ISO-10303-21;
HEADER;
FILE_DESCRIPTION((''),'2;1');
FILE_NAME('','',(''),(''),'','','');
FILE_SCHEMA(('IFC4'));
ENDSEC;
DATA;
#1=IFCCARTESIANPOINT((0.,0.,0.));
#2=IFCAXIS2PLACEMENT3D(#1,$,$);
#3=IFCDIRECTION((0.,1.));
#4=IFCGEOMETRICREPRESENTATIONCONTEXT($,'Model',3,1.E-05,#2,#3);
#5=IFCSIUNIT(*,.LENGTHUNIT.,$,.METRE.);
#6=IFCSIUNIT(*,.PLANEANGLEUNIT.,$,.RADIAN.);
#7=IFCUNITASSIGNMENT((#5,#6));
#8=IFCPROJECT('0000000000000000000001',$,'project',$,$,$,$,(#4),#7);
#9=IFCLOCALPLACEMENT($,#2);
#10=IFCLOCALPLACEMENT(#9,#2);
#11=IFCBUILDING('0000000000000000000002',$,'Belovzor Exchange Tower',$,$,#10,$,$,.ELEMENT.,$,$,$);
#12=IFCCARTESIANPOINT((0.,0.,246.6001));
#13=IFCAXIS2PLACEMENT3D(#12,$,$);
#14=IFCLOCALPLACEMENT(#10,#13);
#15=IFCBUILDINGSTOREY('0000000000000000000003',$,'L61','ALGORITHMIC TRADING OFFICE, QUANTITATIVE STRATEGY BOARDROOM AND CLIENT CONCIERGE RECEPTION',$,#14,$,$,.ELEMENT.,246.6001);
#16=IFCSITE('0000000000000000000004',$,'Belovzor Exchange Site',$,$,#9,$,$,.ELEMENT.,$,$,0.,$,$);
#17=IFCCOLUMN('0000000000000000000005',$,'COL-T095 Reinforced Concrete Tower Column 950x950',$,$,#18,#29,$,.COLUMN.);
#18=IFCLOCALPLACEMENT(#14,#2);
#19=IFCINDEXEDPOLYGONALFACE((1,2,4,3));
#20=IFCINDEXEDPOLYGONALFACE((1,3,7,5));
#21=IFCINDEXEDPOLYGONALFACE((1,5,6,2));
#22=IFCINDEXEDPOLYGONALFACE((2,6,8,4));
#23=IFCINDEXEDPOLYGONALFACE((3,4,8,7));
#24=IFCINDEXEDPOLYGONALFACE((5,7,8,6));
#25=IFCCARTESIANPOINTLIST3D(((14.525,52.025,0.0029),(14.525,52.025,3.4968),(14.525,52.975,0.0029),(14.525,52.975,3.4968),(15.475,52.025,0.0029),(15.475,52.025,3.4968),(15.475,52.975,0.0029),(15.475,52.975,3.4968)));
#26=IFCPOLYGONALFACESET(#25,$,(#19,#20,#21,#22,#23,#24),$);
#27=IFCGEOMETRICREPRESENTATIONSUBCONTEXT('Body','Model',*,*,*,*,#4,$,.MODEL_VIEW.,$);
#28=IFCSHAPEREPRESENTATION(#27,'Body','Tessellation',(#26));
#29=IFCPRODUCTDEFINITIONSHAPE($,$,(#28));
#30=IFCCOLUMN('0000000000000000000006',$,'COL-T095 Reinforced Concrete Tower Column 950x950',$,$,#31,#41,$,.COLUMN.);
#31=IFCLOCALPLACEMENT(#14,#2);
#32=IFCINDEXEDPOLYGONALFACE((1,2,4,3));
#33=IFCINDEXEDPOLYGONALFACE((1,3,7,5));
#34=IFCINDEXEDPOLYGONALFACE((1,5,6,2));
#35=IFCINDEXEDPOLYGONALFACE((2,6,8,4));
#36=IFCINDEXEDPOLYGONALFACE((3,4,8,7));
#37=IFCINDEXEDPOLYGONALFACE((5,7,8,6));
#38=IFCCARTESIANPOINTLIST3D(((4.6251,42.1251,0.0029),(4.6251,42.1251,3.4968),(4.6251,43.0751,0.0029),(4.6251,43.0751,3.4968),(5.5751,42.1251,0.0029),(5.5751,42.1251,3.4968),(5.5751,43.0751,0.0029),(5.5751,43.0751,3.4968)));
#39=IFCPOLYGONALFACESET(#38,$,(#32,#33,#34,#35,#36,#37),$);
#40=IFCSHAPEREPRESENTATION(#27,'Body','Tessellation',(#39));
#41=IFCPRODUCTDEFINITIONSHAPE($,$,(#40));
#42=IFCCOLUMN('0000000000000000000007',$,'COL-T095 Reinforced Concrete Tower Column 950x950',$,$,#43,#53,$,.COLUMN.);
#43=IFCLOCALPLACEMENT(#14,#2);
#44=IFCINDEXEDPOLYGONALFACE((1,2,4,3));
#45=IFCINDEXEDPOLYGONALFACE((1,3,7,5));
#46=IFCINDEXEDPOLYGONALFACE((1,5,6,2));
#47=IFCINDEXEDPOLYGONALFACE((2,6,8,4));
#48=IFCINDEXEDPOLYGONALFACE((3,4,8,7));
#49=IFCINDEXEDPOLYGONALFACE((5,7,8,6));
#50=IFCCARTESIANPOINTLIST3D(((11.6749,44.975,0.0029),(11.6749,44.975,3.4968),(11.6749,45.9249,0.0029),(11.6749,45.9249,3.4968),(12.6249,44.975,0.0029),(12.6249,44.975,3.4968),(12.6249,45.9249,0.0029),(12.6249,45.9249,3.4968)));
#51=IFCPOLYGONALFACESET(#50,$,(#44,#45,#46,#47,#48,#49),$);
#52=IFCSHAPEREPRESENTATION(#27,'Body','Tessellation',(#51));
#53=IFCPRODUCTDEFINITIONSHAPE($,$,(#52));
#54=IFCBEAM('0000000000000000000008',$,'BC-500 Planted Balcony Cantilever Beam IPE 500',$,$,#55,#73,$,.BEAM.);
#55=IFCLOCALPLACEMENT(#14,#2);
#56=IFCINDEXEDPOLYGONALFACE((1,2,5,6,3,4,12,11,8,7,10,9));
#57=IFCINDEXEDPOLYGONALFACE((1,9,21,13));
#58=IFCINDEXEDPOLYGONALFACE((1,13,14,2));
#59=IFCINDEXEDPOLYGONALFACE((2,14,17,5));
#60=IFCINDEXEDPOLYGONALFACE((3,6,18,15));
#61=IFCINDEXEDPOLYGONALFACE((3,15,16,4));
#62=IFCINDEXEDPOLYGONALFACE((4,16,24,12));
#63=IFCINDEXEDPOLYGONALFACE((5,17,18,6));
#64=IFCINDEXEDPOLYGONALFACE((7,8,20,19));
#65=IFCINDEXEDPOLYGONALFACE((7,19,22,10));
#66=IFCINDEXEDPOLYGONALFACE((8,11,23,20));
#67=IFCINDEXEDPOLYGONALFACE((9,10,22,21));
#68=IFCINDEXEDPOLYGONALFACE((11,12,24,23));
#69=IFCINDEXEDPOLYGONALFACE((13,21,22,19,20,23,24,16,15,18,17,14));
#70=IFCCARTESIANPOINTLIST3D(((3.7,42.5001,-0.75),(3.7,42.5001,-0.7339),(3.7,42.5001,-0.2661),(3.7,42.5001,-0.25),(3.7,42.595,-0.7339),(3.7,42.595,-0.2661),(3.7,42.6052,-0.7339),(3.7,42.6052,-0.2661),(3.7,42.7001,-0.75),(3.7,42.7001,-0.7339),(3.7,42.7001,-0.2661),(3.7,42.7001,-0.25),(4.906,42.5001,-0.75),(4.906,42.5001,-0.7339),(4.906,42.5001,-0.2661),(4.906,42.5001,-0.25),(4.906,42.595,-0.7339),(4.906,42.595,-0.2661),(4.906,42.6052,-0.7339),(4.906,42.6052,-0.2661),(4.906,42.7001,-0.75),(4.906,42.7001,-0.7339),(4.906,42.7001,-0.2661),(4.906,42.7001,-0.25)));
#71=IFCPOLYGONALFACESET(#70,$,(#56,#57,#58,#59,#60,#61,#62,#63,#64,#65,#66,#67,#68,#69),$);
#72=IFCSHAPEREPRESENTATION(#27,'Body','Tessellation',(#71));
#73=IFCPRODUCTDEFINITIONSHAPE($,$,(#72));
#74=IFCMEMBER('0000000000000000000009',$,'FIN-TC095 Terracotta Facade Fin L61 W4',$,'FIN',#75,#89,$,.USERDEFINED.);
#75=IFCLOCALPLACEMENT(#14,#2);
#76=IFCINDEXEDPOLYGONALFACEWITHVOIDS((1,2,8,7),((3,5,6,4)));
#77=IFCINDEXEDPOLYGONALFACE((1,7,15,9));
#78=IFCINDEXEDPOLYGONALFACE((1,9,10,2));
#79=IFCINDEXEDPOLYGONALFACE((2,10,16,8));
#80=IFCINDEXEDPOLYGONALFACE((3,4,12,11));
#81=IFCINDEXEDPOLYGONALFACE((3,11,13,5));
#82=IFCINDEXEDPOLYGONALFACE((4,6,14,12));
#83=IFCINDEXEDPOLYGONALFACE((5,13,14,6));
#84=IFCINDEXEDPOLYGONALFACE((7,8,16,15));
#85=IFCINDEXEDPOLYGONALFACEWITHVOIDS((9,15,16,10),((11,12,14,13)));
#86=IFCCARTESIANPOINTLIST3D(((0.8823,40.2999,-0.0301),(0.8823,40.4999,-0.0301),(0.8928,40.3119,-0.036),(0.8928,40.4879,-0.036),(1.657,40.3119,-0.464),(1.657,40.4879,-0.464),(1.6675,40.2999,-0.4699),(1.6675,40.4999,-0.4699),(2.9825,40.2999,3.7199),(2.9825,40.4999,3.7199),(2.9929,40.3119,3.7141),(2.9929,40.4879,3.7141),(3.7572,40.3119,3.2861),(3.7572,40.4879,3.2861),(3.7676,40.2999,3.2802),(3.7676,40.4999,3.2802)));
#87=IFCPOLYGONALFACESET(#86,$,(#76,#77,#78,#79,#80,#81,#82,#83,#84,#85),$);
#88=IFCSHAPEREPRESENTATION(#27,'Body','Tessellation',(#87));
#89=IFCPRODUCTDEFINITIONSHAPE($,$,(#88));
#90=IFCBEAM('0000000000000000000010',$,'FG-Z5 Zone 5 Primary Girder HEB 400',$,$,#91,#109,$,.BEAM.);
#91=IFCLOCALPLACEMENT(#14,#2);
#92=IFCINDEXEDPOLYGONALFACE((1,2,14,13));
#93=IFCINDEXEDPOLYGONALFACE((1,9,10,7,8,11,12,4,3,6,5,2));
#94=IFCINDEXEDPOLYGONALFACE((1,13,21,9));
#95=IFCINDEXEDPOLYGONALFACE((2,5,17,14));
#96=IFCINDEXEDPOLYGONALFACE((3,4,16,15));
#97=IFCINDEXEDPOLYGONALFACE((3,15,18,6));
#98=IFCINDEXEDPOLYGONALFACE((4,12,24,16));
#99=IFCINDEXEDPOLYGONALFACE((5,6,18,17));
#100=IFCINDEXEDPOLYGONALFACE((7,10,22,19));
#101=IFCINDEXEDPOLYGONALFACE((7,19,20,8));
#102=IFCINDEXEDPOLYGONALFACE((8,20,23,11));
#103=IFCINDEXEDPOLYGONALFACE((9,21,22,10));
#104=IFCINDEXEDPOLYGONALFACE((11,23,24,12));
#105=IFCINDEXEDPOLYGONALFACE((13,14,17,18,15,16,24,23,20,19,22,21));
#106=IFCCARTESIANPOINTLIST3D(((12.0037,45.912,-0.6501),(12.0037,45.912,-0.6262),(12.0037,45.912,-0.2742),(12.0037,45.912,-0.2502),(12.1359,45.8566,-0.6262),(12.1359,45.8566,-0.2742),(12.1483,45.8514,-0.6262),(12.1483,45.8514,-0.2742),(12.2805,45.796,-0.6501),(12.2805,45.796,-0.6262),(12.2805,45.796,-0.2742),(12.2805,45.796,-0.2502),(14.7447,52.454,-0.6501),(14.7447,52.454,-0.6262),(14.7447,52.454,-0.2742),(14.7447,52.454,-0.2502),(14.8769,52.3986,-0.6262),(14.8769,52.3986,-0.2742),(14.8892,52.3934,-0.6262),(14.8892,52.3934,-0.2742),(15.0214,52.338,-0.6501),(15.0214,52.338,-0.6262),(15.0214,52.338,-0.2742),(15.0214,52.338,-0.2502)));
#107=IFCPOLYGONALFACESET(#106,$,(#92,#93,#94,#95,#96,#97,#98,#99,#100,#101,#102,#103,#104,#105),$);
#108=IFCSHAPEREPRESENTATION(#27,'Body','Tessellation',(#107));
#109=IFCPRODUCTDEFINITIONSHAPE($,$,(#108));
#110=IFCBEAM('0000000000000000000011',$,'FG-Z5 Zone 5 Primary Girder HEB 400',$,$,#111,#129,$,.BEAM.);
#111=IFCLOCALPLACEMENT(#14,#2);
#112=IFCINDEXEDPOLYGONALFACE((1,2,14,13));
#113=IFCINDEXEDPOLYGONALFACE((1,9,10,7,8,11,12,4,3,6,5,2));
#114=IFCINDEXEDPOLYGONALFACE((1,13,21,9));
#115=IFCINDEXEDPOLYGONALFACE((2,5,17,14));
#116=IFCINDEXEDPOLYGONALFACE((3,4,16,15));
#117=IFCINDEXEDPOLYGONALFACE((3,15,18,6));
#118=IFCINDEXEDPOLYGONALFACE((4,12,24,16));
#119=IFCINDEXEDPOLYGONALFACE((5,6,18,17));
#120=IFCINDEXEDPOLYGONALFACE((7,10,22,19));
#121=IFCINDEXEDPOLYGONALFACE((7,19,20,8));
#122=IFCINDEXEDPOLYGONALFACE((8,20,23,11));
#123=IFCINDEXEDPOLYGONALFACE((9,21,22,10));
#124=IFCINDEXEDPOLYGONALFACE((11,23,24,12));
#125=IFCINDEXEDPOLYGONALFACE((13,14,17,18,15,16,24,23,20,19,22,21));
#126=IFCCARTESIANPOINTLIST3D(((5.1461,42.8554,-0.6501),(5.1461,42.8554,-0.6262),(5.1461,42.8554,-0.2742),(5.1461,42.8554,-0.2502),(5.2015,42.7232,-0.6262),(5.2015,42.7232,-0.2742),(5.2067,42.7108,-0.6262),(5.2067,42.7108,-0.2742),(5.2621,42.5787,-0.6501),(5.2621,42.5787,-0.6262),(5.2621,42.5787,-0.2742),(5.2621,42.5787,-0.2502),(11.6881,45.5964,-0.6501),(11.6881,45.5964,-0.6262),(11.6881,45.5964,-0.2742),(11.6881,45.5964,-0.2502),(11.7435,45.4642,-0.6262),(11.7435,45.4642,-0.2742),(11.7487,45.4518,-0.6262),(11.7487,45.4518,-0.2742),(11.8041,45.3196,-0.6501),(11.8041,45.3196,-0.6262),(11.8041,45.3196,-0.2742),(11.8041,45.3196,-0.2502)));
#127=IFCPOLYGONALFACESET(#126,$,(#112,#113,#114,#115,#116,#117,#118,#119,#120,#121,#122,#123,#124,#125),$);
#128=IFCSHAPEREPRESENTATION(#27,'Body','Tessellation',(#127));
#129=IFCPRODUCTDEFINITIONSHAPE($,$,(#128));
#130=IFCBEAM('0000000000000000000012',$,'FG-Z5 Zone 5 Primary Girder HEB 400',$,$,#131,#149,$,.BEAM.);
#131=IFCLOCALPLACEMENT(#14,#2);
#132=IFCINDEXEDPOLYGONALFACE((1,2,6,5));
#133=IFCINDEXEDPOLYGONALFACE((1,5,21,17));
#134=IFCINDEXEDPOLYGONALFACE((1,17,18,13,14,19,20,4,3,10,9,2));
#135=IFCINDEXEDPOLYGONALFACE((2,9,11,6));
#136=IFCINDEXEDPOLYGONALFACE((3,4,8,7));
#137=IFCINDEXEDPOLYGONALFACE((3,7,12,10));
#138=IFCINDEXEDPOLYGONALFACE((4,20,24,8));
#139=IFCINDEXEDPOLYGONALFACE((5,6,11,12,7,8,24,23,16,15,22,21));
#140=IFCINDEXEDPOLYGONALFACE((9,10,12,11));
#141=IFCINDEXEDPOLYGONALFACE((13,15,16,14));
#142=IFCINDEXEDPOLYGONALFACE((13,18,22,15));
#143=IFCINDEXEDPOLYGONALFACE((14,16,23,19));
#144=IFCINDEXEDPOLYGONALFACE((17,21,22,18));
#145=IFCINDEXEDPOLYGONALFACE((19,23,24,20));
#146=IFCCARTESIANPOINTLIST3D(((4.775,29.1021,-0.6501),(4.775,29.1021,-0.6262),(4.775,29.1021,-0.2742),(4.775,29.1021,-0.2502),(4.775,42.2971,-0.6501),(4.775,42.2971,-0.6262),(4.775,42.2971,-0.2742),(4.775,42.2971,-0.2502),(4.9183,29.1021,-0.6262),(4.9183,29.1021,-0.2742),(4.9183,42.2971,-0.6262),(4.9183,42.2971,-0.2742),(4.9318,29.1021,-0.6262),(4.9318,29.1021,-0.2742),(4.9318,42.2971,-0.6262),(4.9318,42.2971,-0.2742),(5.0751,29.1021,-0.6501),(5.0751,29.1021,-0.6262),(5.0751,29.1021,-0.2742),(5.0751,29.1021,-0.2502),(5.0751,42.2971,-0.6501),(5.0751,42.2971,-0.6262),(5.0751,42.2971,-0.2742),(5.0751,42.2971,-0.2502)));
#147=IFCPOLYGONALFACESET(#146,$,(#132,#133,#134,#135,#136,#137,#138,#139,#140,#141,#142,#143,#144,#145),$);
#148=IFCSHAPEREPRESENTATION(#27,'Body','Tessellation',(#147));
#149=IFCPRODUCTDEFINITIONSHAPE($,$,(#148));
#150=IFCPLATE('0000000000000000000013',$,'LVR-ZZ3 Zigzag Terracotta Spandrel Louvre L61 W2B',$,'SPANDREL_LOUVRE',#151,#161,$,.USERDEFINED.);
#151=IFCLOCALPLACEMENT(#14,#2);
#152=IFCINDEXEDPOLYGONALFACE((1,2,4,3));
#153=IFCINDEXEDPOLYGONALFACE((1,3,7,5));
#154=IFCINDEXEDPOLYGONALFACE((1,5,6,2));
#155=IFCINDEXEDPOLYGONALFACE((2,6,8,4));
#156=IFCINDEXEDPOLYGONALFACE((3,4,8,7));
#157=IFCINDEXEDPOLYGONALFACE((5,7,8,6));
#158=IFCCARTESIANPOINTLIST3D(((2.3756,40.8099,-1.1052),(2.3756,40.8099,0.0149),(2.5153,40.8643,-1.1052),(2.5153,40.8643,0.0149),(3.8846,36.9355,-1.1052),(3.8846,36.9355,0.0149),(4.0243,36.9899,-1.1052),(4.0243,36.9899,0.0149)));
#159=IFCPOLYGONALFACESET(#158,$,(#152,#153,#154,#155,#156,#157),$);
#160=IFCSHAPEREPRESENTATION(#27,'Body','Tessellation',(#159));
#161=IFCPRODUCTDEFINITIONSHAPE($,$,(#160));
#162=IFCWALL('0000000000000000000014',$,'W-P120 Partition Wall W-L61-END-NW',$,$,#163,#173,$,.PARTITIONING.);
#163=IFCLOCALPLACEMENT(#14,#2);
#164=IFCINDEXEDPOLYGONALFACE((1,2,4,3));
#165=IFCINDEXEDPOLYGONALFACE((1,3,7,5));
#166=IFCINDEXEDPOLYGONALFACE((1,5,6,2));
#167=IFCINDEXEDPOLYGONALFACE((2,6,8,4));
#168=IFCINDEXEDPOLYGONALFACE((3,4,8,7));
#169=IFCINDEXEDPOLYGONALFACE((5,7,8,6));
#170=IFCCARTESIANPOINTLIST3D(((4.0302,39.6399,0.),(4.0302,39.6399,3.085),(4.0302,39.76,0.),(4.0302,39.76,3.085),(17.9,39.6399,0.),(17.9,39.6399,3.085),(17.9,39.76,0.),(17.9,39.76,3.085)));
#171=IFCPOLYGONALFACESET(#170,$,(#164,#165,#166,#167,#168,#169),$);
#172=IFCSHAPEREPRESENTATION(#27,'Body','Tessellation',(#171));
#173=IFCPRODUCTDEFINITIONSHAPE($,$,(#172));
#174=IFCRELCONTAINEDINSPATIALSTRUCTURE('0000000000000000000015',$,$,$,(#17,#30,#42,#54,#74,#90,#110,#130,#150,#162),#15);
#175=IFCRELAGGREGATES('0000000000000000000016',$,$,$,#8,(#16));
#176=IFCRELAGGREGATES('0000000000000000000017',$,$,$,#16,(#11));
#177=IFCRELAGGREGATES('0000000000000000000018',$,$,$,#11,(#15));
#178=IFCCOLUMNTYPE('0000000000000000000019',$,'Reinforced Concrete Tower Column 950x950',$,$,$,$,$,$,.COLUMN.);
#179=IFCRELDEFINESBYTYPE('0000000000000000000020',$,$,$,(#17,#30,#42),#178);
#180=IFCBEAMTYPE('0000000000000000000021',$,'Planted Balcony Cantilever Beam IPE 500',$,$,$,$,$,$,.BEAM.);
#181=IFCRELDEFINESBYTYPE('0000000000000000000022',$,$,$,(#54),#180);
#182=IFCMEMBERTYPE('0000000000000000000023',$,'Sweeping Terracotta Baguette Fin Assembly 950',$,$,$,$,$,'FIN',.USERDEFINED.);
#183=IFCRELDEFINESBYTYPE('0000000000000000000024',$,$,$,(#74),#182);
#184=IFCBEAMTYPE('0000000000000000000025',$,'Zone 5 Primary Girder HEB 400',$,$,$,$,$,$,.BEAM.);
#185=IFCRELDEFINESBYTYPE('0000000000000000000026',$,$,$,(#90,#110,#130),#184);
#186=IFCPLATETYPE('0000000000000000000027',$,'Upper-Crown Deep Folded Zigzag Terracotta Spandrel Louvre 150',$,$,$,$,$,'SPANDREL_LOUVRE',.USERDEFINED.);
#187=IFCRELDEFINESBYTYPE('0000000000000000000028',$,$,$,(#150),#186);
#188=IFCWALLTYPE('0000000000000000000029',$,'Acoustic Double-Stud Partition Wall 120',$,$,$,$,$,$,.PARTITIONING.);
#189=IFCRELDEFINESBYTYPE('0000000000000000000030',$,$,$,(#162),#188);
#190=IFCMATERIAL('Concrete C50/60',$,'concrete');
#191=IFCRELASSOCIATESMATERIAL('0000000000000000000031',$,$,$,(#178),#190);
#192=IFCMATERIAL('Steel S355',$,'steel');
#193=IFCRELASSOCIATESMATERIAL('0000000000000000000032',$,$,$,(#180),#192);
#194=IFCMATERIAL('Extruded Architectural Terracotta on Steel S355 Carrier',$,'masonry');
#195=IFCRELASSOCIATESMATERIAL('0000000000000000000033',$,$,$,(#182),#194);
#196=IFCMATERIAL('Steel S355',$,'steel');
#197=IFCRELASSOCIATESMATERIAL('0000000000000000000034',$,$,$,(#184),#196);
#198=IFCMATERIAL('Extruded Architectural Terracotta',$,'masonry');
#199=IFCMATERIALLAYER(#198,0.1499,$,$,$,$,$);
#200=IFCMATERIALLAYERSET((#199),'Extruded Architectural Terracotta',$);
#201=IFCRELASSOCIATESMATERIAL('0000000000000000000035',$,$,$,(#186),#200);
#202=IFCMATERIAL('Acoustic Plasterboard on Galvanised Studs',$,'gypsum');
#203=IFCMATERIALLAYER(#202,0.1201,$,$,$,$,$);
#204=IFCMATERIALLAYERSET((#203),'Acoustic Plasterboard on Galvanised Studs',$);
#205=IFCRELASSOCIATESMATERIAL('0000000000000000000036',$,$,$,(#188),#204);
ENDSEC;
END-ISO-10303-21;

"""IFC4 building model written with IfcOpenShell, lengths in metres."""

from ifc_helpers import new_model, si_unit, direction, frame, frame_2d, origin, origin_2d, place, context, subcontext, project, spatial, rectangle, hollow_rectangle, i_section, extrude, material, layer, layer_set, material_profile, profile_set, type_object, element, save


model = new_model("IFC4")

# Units and contexts
model_context = context("Model", 3, precision=1e-05, world=origin(), true_north=direction((0.0, 1.0)))
body_context = subcontext(model_context, "Body", "Model", "MODEL_VIEW")
ifc_project = project(units=[si_unit("LENGTHUNIT", "METRE"), si_unit("PLANEANGLEUNIT", "RADIAN")], contexts=[model_context])

# Site, building, storey
site_placement = place(None, origin())
site = spatial("IfcSite", under=ifc_project, at=site_placement, Name="Belovzor Exchange Site", CompositionType="ELEMENT", RefElevation=0.0)
building_placement = place(site_placement, origin())
building = spatial("IfcBuilding", under=site, at=building_placement, Name="Belovzor Exchange Tower", CompositionType="ELEMENT")
storey_placement = place(building_placement, frame((0.0, 0.0, 246.6001)))
storey = spatial("IfcBuildingStorey", under=building, at=storey_placement, Name="L61", Description="ALGORITHMIC TRADING OFFICE, QUANTITATIVE STRATEGY BOARDROOM AND CLIENT CONCIERGE RECEPTION", CompositionType="ELEMENT", Elevation=246.6001)

# Columns
ifc_material_1 = material(Name="Concrete C50/60", Category="concrete")
ifc_material_profile_1 = material_profile(ifc_material_1, rectangle(XDim=0.95, YDim=0.95, at=origin_2d()))
ifc_profile_set_1 = profile_set([ifc_material_profile_1], Name="Concrete C50/60")
column_type = type_object("IfcColumnType", Name="Reinforced Concrete Tower Column 950x950", PredefinedType="COLUMN", material=ifc_profile_set_1)
for number, where, z_axis, x_axis, name in (
    (1, (15.0, 52.5, 0.0029), (0.0, 0.0, 1.0), (1.0, 0.0, 0.0), "COL-T095 Reinforced Concrete Tower Column 950x950"),
    (2, (5.1001, 42.6001, 0.0029), (0.0, 0.0, 1.0), (1.0, 0.0, 0.0), "COL-T095 Reinforced Concrete Tower Column 950x950"),
    (3, (12.1499, 45.45, 0.0029), (0.0, 0.0, 1.0), (1.0, 0.0, 0.0), "COL-T095 Reinforced Concrete Tower Column 950x950"),
):
    element("IfcColumn", number, at=place(storey_placement, frame(where, z_axis=z_axis, x_axis=x_axis)), inside=storey, type_object=column_type, Name=name, PredefinedType="COLUMN", context=body_context, shape_type="SweptSolid", body=[
        extrude(rectangle(XDim=0.95, YDim=0.95, at=origin_2d()), origin(), (0.0, 0.0, 1.0), 3.4939),
    ])

# Beam
ifc_material_2 = material(Name="Steel S355", Category="steel")
ifc_material_profile_2 = material_profile(ifc_material_2, i_section(OverallWidth=0.2, OverallDepth=0.5, WebThickness=0.0103, FlangeThickness=0.0161, at=origin_2d()))
ifc_profile_set_2 = profile_set([ifc_material_profile_2], Name="Steel S355")
beam_type_1 = type_object("IfcBeamType", Name="Planted Balcony Cantilever Beam IPE 500", PredefinedType="BEAM", material=ifc_profile_set_2)
beam_1_placement = place(storey_placement, frame((4.906, 42.6001, -0.5), z_axis=(-1.0, 0.0, 0.0), x_axis=(0.0, -1.0, 0.0)))
element("IfcBeam", 4, at=beam_1_placement, inside=storey, type_object=beam_type_1, Name="BC-500 Planted Balcony Cantilever Beam IPE 500", PredefinedType="BEAM", context=body_context, shape_type="SweptSolid", body=[
    extrude(i_section(OverallWidth=0.2, OverallDepth=0.5, WebThickness=0.0103, FlangeThickness=0.0161, at=origin_2d()), origin(), (0.0, 0.0, 1.0), 1.2061),
])

# Member
ifc_material_3 = material(Name="Extruded Architectural Terracotta on Steel S355 Carrier", Category="masonry")
ifc_material_profile_3 = material_profile(ifc_material_3, hollow_rectangle(XDim=0.2, YDim=0.8999, WallThickness=0.012, at=origin_2d()))
ifc_profile_set_3 = profile_set([ifc_material_profile_3], Name="Extruded Architectural Terracotta on Steel S355 Carrier")
member_type = type_object("IfcMemberType", Name="Sweeping Terracotta Baguette Fin Assembly 950", ElementType="FIN", PredefinedType="USERDEFINED", material=ifc_profile_set_3)
member_placement = place(storey_placement, frame((1.2749, 40.3999, -0.25), z_axis=(0.488621, 0.0, 0.872496), x_axis=(0.0, 1.0, 0.0)))
element("IfcMember", 5, at=member_placement, inside=storey, type_object=member_type, Name="FIN-TC095 Terracotta Facade Fin L61 W4", ObjectType="FIN", PredefinedType="USERDEFINED", context=body_context, shape_type="SweptSolid", body=[
    extrude(hollow_rectangle(XDim=0.2, YDim=0.8999, WallThickness=0.012, at=origin_2d()), origin(), (0.0, 0.0, 1.0), 4.2981),
])

# Beams
ifc_material_4 = material(Name="Steel S355", Category="steel")
ifc_material_profile_4 = material_profile(ifc_material_4, i_section(OverallWidth=0.3, OverallDepth=0.3999, WebThickness=0.0134, FlangeThickness=0.0239, at=origin_2d()))
ifc_profile_set_4 = profile_set([ifc_material_profile_4], Name="Steel S355")
beam_type_2 = type_object("IfcBeamType", Name="Zone 5 Primary Girder HEB 400", PredefinedType="BEAM", material=ifc_profile_set_4)
for number, where, z_axis, x_axis, name in (
    (6, (14.8831, 52.396, -0.4502), (-0.386433, -0.922317, 0.0), (0.922317, -0.386433, 0.0), "FG-Z5 Zone 5 Primary Girder HEB 400"),
    (7, (11.7461, 45.458, -0.4502), (-0.922317, -0.386433, 0.0), (0.386433, -0.922317, 0.0), "FG-Z5 Zone 5 Primary Girder HEB 400"),
):
    element("IfcBeam", number, at=place(storey_placement, frame(where, z_axis=z_axis, x_axis=x_axis)), inside=storey, type_object=beam_type_2, Name=name, PredefinedType="BEAM", context=body_context, shape_type="SweptSolid", body=[
        extrude(i_section(OverallWidth=0.3, OverallDepth=0.3999, WebThickness=0.0134, FlangeThickness=0.0239, at=origin_2d()), origin(), (0.0, 0.0, 1.0), 7.093),
    ])
beam_2_placement = place(storey_placement, frame((4.925, 42.2971, -0.4502), z_axis=(0.0, -1.0, 0.0), x_axis=(1.0, 0.0, 0.0)))
element("IfcBeam", 8, at=beam_2_placement, inside=storey, type_object=beam_type_2, Name="FG-Z5 Zone 5 Primary Girder HEB 400", PredefinedType="BEAM", context=body_context, shape_type="SweptSolid", body=[
    extrude(i_section(OverallWidth=0.3, OverallDepth=0.3999, WebThickness=0.0134, FlangeThickness=0.0239, at=origin_2d()), origin(), (0.0, 0.0, 1.0), 13.1951),
])

# Plate
ifc_material_5 = material(Name="Extruded Architectural Terracotta", Category="masonry")
ifc_layer_1 = layer(ifc_material_5, 0.1499)
ifc_layer_set_1 = layer_set([ifc_layer_1], Name="Extruded Architectural Terracotta")
plate_type = type_object("IfcPlateType", Name="Upper-Crown Deep Folded Zigzag Terracotta Spandrel Louvre 150", ElementType="SPANDREL_LOUVRE", PredefinedType="USERDEFINED", material=ifc_layer_set_1)
plate_placement = place(storey_placement, frame((3.2, 38.8999, -1.1052), z_axis=(0.0, 0.0, 1.0), x_axis=(-0.362926, 0.931818, 0.0)))
element("IfcPlate", 9, at=plate_placement, inside=storey, type_object=plate_type, Name="LVR-ZZ3 Zigzag Terracotta Spandrel Louvre L61 W2B", ObjectType="SPANDREL_LOUVRE", PredefinedType="USERDEFINED", context=body_context, shape_type="SweptSolid", body=[
    extrude(rectangle(XDim=4.158, YDim=0.1499, at=origin_2d()), origin(), (0.0, 0.0, 1.0), 1.1201),
])

# Wall
ifc_material_6 = material(Name="Acoustic Plasterboard on Galvanised Studs", Category="gypsum")
ifc_layer_2 = layer(ifc_material_6, 0.1201)
ifc_layer_set_2 = layer_set([ifc_layer_2], Name="Acoustic Plasterboard on Galvanised Studs")
wall_type_1 = type_object("IfcWallType", Name="Acoustic Double-Stud Partition Wall 120", PredefinedType="PARTITIONING", material=ifc_layer_set_2)
wall_1_placement = place(storey_placement, frame((4.03, 39.7, 0.0), z_axis=(0.0, 0.0, 1.0), x_axis=(1.0, 0.0, 0.0)))
element("IfcWall", 10, at=wall_1_placement, inside=storey, type_object=wall_type_1, Name="W-P120 Partition Wall W-L61-END-NW", PredefinedType="PARTITIONING", context=body_context, shape_type="SweptSolid", body=[
    extrude(rectangle(XDim=13.8699, YDim=0.1201, at=frame_2d((6.9351, 0.0))), origin(), (0.0, 0.0, 1.0), 3.085),
])

save(model, "model.ifc")
